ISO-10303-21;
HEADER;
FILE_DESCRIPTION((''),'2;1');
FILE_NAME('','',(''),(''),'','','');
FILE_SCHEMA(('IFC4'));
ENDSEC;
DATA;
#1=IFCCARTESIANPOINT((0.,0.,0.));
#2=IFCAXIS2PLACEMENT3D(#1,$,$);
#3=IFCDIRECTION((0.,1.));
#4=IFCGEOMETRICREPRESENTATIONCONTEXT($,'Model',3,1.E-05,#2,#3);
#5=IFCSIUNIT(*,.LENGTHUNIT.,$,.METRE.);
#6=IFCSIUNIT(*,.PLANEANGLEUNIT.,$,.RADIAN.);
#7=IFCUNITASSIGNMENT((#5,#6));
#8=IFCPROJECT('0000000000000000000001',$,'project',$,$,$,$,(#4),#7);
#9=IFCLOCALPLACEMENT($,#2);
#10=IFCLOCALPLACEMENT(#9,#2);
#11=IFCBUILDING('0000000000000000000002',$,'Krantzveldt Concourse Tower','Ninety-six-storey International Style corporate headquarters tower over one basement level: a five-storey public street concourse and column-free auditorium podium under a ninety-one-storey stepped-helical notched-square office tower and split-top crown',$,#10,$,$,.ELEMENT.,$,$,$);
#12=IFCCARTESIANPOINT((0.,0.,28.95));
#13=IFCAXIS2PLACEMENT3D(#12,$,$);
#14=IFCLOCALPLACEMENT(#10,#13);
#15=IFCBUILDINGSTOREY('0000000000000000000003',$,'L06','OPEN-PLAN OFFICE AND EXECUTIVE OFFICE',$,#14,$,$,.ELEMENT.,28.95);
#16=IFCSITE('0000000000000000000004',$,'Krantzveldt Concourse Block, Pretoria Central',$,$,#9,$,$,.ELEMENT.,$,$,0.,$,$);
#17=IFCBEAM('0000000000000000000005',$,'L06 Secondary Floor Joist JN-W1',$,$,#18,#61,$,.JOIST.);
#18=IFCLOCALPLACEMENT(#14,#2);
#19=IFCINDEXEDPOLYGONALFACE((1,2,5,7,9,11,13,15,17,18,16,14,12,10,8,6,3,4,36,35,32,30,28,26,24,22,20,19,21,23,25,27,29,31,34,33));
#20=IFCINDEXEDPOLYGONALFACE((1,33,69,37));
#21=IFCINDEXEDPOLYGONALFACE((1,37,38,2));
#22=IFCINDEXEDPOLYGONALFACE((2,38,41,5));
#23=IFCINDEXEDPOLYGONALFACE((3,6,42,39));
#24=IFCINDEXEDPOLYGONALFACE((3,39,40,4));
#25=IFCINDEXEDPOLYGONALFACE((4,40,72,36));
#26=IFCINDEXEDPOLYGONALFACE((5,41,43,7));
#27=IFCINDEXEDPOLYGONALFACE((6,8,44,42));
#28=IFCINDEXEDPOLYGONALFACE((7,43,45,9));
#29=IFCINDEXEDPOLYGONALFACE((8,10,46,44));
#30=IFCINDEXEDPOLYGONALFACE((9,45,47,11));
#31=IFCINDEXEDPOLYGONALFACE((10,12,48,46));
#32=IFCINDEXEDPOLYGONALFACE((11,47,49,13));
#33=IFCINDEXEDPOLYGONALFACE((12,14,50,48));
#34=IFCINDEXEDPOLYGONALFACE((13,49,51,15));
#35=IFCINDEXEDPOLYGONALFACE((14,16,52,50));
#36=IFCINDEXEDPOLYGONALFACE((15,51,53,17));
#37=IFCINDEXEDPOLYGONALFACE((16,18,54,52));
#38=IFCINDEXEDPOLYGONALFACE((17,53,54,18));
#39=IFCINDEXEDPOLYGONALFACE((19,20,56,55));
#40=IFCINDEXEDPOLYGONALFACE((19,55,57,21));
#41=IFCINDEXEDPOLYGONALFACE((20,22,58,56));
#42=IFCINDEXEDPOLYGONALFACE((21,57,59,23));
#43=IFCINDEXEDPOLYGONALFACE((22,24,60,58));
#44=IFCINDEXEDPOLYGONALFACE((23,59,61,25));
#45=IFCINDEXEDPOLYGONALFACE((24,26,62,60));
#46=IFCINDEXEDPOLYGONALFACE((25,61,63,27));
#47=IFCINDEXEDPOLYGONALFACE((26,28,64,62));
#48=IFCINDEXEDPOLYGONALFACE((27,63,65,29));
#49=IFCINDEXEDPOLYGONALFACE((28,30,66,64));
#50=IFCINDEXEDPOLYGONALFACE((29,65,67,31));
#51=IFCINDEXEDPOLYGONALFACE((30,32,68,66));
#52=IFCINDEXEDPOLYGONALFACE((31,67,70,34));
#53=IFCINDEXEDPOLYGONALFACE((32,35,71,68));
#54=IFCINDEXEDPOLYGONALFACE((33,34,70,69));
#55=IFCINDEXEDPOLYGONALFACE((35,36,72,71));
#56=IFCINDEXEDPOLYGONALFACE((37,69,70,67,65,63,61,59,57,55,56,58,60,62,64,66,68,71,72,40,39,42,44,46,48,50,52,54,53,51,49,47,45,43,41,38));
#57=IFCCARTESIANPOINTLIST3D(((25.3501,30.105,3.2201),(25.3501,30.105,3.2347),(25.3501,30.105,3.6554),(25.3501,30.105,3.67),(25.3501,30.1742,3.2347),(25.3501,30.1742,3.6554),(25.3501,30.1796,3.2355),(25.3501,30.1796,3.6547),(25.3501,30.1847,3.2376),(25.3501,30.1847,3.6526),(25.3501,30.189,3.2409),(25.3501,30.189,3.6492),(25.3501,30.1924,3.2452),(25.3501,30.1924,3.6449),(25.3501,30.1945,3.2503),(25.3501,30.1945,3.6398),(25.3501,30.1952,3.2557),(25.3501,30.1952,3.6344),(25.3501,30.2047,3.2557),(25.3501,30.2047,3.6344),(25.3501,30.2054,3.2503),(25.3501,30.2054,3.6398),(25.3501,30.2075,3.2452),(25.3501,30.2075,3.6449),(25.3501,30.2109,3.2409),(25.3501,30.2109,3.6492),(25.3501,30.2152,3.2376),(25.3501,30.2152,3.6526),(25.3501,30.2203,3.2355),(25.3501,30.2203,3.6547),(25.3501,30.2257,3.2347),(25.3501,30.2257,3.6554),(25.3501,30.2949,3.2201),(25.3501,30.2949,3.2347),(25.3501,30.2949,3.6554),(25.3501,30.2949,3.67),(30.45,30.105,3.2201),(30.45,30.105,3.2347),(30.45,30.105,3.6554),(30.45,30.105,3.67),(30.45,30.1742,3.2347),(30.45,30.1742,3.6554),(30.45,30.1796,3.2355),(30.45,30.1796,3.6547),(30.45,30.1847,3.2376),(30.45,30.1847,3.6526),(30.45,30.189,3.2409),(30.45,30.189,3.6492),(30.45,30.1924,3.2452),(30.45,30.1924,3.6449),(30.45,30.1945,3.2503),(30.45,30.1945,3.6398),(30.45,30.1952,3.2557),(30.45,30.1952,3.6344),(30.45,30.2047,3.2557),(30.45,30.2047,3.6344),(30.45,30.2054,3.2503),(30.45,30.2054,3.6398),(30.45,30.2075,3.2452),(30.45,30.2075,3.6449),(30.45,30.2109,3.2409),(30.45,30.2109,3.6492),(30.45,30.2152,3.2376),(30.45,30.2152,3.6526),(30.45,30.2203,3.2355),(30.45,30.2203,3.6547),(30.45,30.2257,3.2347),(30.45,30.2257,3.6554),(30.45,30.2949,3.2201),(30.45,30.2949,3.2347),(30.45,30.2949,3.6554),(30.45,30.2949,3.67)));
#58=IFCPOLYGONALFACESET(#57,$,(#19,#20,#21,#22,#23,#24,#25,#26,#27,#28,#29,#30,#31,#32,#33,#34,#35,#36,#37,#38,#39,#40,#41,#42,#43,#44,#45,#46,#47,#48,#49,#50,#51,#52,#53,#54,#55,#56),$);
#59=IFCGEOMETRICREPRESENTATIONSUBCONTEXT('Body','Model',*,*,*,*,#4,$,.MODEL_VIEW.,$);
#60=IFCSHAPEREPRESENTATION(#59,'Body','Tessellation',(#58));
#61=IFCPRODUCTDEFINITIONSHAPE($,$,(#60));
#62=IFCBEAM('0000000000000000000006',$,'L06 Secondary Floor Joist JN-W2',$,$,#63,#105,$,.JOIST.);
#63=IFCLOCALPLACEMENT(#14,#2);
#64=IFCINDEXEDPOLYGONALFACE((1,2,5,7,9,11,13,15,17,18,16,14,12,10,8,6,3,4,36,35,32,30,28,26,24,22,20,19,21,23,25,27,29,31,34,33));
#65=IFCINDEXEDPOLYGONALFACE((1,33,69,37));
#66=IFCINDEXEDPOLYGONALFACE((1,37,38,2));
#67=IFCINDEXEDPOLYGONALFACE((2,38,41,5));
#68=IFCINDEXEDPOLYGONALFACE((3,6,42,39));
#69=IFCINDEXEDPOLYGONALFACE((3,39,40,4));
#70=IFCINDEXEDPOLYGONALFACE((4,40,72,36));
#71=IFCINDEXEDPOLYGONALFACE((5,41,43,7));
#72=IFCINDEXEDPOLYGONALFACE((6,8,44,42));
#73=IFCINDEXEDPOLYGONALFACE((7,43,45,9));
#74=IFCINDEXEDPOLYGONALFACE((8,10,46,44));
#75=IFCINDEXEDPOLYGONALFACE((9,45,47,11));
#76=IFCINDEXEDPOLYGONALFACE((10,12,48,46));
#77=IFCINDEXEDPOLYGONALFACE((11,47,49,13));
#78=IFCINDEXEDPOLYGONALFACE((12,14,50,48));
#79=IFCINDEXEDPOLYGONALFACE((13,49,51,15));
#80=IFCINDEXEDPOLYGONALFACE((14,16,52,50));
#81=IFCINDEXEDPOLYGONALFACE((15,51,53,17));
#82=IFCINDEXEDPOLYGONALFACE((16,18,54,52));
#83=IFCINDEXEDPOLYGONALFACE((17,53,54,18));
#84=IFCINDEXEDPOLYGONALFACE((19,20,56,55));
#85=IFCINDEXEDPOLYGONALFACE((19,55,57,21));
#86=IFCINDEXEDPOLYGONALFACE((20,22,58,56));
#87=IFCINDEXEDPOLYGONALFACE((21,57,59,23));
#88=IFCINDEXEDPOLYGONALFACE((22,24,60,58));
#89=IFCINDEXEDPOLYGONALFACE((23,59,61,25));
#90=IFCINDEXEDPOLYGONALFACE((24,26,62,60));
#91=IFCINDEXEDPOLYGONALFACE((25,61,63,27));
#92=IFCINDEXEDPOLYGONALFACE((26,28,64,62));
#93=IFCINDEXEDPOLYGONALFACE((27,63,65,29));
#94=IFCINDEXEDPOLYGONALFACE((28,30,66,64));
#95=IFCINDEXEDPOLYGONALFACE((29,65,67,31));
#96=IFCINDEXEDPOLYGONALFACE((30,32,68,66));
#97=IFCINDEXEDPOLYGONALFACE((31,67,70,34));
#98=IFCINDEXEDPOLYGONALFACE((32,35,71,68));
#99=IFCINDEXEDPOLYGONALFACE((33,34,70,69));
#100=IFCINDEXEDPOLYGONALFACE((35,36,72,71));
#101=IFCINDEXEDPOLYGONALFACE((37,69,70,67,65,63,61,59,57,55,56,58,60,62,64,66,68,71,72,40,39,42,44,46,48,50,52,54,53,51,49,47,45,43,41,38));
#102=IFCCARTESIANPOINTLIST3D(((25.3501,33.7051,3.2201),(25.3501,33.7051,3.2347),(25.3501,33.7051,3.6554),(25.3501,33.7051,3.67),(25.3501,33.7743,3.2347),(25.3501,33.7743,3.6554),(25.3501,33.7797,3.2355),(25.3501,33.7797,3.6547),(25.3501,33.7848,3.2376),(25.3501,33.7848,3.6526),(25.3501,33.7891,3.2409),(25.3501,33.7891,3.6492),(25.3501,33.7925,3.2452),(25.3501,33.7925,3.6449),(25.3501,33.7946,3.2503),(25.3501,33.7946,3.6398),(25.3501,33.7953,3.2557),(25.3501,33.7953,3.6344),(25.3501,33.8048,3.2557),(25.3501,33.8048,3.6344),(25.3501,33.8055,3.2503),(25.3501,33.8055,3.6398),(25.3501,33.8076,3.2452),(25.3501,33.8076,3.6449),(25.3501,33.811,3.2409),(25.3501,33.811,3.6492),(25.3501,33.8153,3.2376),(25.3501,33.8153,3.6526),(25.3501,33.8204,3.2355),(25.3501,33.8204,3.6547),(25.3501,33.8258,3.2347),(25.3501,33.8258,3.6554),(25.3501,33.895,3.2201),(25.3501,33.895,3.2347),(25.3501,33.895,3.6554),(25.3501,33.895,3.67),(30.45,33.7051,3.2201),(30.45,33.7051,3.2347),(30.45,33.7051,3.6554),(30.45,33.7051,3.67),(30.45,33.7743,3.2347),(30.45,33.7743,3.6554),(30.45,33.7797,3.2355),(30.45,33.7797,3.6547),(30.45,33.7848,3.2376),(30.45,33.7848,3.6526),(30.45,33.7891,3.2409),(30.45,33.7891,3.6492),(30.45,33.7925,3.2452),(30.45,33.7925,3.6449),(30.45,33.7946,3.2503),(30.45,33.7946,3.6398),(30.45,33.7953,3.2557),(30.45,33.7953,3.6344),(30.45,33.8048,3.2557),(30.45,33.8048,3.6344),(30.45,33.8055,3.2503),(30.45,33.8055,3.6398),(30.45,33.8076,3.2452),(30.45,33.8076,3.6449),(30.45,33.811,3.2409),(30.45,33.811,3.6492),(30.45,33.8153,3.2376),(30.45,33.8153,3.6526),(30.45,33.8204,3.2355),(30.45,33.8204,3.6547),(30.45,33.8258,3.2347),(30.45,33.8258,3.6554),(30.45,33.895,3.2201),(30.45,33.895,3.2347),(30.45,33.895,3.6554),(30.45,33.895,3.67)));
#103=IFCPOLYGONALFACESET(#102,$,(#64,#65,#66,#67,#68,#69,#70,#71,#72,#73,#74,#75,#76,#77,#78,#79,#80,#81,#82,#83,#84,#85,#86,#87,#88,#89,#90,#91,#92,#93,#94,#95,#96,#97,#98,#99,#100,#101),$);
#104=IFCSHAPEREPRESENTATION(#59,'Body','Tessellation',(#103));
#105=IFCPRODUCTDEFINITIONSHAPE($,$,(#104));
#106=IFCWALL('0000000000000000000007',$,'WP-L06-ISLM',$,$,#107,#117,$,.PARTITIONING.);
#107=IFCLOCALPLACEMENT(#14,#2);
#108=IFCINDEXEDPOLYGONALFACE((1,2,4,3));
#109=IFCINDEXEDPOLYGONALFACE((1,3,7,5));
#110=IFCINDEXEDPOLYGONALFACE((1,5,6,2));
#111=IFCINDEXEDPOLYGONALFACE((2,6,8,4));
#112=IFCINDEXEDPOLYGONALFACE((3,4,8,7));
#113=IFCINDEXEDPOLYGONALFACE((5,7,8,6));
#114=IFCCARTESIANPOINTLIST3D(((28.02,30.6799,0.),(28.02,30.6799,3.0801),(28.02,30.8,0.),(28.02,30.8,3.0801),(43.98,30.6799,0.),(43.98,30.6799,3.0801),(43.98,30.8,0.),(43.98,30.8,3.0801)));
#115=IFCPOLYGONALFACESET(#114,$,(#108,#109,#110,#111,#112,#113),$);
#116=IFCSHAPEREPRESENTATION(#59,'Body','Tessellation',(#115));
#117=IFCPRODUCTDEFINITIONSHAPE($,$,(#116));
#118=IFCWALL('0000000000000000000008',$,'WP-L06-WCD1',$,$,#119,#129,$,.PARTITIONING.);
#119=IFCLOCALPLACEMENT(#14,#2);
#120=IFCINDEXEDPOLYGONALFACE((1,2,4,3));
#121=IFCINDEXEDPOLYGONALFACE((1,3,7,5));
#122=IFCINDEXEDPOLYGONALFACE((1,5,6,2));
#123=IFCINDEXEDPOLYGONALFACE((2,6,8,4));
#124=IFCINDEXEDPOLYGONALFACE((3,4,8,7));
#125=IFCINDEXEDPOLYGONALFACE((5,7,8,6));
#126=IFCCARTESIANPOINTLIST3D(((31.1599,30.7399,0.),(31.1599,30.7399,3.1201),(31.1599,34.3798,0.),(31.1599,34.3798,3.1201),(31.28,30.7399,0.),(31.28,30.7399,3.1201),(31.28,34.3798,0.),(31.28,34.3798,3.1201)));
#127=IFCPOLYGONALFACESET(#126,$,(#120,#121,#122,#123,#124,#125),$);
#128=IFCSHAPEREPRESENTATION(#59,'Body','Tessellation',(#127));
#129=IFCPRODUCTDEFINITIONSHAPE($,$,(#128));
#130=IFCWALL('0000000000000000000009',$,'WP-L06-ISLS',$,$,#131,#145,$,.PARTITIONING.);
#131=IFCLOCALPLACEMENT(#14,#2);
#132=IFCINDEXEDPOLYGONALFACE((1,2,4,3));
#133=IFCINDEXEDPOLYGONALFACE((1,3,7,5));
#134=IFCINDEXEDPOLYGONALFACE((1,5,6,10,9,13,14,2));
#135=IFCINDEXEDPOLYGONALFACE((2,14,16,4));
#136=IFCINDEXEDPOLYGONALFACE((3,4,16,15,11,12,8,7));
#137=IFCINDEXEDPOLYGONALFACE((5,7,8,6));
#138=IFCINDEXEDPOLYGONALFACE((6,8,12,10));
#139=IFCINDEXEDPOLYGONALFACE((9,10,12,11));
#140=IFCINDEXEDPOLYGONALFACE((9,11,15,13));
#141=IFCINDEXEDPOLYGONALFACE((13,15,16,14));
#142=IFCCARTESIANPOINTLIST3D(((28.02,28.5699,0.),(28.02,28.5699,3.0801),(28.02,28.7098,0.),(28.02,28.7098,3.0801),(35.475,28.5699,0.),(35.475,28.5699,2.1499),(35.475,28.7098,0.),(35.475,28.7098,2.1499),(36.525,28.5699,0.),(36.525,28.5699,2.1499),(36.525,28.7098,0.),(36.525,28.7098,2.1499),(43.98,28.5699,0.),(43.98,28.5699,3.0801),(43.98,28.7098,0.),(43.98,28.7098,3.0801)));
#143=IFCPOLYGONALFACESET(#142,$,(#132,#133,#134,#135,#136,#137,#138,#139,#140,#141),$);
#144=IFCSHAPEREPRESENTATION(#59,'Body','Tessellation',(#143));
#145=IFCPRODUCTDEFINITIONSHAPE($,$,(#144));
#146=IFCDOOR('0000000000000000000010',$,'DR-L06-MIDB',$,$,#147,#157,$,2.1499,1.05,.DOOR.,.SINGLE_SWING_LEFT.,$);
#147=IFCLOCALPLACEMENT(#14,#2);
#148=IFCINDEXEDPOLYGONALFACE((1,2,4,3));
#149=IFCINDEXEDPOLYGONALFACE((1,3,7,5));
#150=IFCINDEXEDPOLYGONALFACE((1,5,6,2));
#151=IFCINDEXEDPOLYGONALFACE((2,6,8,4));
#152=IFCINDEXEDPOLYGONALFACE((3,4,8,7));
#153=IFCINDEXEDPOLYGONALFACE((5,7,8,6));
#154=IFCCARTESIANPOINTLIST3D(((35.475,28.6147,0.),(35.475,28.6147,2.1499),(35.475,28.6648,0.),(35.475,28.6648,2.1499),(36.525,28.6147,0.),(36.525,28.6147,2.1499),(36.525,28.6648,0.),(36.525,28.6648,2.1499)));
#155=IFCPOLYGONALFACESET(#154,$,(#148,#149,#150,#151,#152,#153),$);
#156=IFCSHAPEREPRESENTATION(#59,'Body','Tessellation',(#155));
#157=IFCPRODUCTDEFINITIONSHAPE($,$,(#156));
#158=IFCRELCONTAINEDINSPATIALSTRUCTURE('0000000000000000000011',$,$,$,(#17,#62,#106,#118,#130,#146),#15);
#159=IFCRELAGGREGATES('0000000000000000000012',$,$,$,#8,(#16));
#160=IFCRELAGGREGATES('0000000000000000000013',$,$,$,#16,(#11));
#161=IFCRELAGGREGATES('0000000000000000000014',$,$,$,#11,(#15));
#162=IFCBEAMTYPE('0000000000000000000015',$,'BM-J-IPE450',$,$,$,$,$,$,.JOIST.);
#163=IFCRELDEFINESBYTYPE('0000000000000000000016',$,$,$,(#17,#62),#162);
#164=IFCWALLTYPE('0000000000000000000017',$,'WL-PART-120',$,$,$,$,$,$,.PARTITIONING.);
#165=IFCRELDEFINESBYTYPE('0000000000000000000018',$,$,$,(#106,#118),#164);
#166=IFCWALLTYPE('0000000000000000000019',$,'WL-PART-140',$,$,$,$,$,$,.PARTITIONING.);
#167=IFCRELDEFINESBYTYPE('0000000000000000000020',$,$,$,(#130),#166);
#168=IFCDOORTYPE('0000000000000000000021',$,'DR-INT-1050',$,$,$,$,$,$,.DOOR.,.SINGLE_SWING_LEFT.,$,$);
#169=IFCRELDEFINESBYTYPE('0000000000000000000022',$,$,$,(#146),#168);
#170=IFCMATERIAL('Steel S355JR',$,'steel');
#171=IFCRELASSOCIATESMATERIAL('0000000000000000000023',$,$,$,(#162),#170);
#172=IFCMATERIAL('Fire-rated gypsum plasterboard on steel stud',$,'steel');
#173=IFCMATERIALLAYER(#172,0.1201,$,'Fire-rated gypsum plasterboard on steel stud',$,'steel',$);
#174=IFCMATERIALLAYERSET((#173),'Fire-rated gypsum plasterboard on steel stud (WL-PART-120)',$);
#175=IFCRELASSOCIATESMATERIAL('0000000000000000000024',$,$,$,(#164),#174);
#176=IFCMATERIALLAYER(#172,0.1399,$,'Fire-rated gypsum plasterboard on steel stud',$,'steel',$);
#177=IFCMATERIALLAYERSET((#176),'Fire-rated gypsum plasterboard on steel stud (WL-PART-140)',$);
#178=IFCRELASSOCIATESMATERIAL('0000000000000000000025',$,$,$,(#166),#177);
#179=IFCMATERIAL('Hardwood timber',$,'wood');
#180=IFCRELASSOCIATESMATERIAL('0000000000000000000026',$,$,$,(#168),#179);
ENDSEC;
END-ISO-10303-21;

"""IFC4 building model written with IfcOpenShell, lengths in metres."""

from ifc_helpers import new_model, si_unit, direction, frame, frame_2d, origin, origin_2d, place, context, subcontext, project, spatial, rectangle, i_section, extrude, source, transform, mapped, material, layer, layer_set, material_profile, profile_set, type_object, type_shapes, element, fill, save


model = new_model("IFC4")

# Units and contexts
model_context = context("Model", 3, precision=1e-05, world=origin(), true_north=direction((0.0, 1.0)))
body_context = subcontext(model_context, "Body", "Model", "MODEL_VIEW")
ifc_project = project(units=[si_unit("LENGTHUNIT", "METRE"), si_unit("PLANEANGLEUNIT", "RADIAN")], contexts=[model_context])

# Site, building, storey
site_placement = place(None, origin())
site = spatial("IfcSite", under=ifc_project, at=site_placement, Name="Krantzveldt Concourse Block, Pretoria Central", CompositionType="ELEMENT", RefElevation=0.0)
building_placement = place(site_placement, origin())
building = spatial("IfcBuilding", under=site, at=building_placement, Name="Krantzveldt Concourse Tower", Description="Ninety-six-storey International Style corporate headquarters tower over one basement level: a five-storey public street concourse and column-free auditorium podium under a ninety-one-storey stepped-helical notched-square office tower and split-top crown", CompositionType="ELEMENT")
storey_placement = place(building_placement, frame((0.0, 0.0, 28.95)))
storey = spatial("IfcBuildingStorey", under=building, at=storey_placement, Name="L06", Description="OPEN-PLAN OFFICE AND EXECUTIVE OFFICE", CompositionType="ELEMENT", Elevation=28.95)

# Beams
ifc_material_1 = material(Name="Steel S355JR", Category="steel")
ifc_material_profile_1 = material_profile(ifc_material_1, i_section(OverallWidth=0.1899, OverallDepth=0.45, WebThickness=0.0095, FlangeThickness=0.0146, FilletRadius=0.021, at=origin_2d()), Name="Steel S355JR", Category="steel")
ifc_profile_set_1 = profile_set([ifc_material_profile_1], Name="Steel S355JR - IPE 450")
beam_type_1 = type_object("IfcBeamType", Name="BM-J-IPE450", PredefinedType="JOIST", material=ifc_profile_set_1)
shared_shape_1 = source(origin(), body_context, "Body", "SweptSolid", [
    extrude(i_section(OverallWidth=0.1899, OverallDepth=0.45, WebThickness=0.0095, FlangeThickness=0.0146, FilletRadius=0.021, at=origin_2d()), origin(), (0.0, 0.0, 1.0), 5.0999),
])
type_shapes(beam_type_1, [shared_shape_1])
for number, where, z_axis, x_axis, name in (
    (1, (25.3501, 30.2, 3.4451), (1.0, 0.0, 0.0), (0.0, 1.0, 0.0), "L06 Secondary Floor Joist JN-W1"),
    (2, (25.3501, 33.8, 3.4451), (1.0, 0.0, 0.0), (0.0, 1.0, 0.0), "L06 Secondary Floor Joist JN-W2"),
):
    element("IfcBeam", number, at=place(storey_placement, frame(where, z_axis=z_axis, x_axis=x_axis)), inside=storey, type_object=beam_type_1, Name=name, PredefinedType="JOIST", context=body_context, shape_type="MappedRepresentation", body=[
        mapped(shared_shape_1, transform((0.0, 0.0, 0.0), x_axis=(1.0, 0.0, 0.0), y_axis=(0.0, 1.0, 0.0), z_axis=(0.0, 0.0, 1.0), scale=1.0)),
    ])

# Walls
ifc_material_2 = material(Name="Fire-rated gypsum plasterboard on steel stud", Category="steel")
ifc_layer_1 = layer(ifc_material_2, 0.1201, Name="Fire-rated gypsum plasterboard on steel stud", Category="steel")
ifc_layer_set_1 = layer_set([ifc_layer_1], Name="Fire-rated gypsum plasterboard on steel stud (WL-PART-120)")
wall_type_1 = type_object("IfcWallType", Name="WL-PART-120", PredefinedType="PARTITIONING", material=ifc_layer_set_1)
wall_1_placement = place(storey_placement, frame((28.02, 30.74, 0.0), z_axis=(0.0, 0.0, 1.0), x_axis=(1.0, 0.0, 0.0)))
element("IfcWall", 3, at=wall_1_placement, inside=storey, type_object=wall_type_1, Name="WP-L06-ISLM", PredefinedType="PARTITIONING", context=body_context, shape_type="SweptSolid", body=[
    extrude(rectangle(XDim=15.96, YDim=0.1201, at=frame_2d((7.98, 0.0))), origin(), (0.0, 0.0, 1.0), 3.0801),
])
wall_2_placement = place(storey_placement, frame((31.22, 30.74, 0.0), z_axis=(0.0, 0.0, 1.0), x_axis=(0.0, 1.0, 0.0)))
element("IfcWall", 4, at=wall_2_placement, inside=storey, type_object=wall_type_1, Name="WP-L06-WCD1", PredefinedType="PARTITIONING", context=body_context, shape_type="SweptSolid", body=[
    extrude(rectangle(XDim=3.6399, YDim=0.1201, at=frame_2d((1.8198, 0.0))), origin(), (0.0, 0.0, 1.0), 3.1201),
])

# Wall, opening, door
ifc_layer_2 = layer(ifc_material_2, 0.1399, Name="Fire-rated gypsum plasterboard on steel stud", Category="steel")
ifc_layer_set_2 = layer_set([ifc_layer_2], Name="Fire-rated gypsum plasterboard on steel stud (WL-PART-140)")
wall_type_2 = type_object("IfcWallType", Name="WL-PART-140", PredefinedType="PARTITIONING", material=ifc_layer_set_2)
wall_3_placement = place(storey_placement, frame((28.02, 28.6399, 0.0), z_axis=(0.0, 0.0, 1.0), x_axis=(1.0, 0.0, 0.0)))
wall_3 = element("IfcWall", 5, at=wall_3_placement, inside=storey, type_object=wall_type_2, Name="WP-L06-ISLS", PredefinedType="PARTITIONING", context=body_context, shape_type="SweptSolid", body=[
    extrude(rectangle(XDim=15.96, YDim=0.1399, at=frame_2d((7.98, 0.0))), origin(), (0.0, 0.0, 1.0), 3.0801),
])
opening_1_placement = place(wall_3_placement, frame((7.4551, 0.0, 0.0)))
opening_1 = element("IfcOpeningElement", 6, at=opening_1_placement, cuts=wall_3, PredefinedType="OPENING", context=body_context, shape_type="SweptSolid", body=[
    extrude(rectangle(XDim=1.05, YDim=2.1499, at=frame_2d((0.5249, 1.075))), frame((0.0, 0.0801, 0.0), z_axis=(0.0, -1.0, 0.0), x_axis=(1.0, 0.0, 0.0)), (0.0, 0.0, 1.0), 0.1599),
])
ifc_material_3 = material(Name="Hardwood timber", Category="wood")
door_type_1 = type_object("IfcDoorType", Name="DR-INT-1050", OperationType="SINGLE_SWING_LEFT", PredefinedType="DOOR", material=ifc_material_3)
door_1_placement = place(opening_1_placement, origin())
door_1 = element("IfcDoor", 7, at=door_1_placement, inside=storey, type_object=door_type_1, Name="DR-L06-MIDB", OperationType="SINGLE_SWING_LEFT", OverallHeight=2.1499, OverallWidth=1.05, PredefinedType="DOOR", context=body_context, shape_type="SweptSolid", body=[
    extrude(rectangle(XDim=1.05, YDim=2.1499, at=frame_2d((0.5249, 1.075))), frame((0.0, 0.0249, 0.0), z_axis=(0.0, -1.0, 0.0), x_axis=(1.0, 0.0, 0.0)), (0.0, 0.0, 1.0), 0.05),
])
fill(opening_1, door_1)

save(model, "model.ifc")
